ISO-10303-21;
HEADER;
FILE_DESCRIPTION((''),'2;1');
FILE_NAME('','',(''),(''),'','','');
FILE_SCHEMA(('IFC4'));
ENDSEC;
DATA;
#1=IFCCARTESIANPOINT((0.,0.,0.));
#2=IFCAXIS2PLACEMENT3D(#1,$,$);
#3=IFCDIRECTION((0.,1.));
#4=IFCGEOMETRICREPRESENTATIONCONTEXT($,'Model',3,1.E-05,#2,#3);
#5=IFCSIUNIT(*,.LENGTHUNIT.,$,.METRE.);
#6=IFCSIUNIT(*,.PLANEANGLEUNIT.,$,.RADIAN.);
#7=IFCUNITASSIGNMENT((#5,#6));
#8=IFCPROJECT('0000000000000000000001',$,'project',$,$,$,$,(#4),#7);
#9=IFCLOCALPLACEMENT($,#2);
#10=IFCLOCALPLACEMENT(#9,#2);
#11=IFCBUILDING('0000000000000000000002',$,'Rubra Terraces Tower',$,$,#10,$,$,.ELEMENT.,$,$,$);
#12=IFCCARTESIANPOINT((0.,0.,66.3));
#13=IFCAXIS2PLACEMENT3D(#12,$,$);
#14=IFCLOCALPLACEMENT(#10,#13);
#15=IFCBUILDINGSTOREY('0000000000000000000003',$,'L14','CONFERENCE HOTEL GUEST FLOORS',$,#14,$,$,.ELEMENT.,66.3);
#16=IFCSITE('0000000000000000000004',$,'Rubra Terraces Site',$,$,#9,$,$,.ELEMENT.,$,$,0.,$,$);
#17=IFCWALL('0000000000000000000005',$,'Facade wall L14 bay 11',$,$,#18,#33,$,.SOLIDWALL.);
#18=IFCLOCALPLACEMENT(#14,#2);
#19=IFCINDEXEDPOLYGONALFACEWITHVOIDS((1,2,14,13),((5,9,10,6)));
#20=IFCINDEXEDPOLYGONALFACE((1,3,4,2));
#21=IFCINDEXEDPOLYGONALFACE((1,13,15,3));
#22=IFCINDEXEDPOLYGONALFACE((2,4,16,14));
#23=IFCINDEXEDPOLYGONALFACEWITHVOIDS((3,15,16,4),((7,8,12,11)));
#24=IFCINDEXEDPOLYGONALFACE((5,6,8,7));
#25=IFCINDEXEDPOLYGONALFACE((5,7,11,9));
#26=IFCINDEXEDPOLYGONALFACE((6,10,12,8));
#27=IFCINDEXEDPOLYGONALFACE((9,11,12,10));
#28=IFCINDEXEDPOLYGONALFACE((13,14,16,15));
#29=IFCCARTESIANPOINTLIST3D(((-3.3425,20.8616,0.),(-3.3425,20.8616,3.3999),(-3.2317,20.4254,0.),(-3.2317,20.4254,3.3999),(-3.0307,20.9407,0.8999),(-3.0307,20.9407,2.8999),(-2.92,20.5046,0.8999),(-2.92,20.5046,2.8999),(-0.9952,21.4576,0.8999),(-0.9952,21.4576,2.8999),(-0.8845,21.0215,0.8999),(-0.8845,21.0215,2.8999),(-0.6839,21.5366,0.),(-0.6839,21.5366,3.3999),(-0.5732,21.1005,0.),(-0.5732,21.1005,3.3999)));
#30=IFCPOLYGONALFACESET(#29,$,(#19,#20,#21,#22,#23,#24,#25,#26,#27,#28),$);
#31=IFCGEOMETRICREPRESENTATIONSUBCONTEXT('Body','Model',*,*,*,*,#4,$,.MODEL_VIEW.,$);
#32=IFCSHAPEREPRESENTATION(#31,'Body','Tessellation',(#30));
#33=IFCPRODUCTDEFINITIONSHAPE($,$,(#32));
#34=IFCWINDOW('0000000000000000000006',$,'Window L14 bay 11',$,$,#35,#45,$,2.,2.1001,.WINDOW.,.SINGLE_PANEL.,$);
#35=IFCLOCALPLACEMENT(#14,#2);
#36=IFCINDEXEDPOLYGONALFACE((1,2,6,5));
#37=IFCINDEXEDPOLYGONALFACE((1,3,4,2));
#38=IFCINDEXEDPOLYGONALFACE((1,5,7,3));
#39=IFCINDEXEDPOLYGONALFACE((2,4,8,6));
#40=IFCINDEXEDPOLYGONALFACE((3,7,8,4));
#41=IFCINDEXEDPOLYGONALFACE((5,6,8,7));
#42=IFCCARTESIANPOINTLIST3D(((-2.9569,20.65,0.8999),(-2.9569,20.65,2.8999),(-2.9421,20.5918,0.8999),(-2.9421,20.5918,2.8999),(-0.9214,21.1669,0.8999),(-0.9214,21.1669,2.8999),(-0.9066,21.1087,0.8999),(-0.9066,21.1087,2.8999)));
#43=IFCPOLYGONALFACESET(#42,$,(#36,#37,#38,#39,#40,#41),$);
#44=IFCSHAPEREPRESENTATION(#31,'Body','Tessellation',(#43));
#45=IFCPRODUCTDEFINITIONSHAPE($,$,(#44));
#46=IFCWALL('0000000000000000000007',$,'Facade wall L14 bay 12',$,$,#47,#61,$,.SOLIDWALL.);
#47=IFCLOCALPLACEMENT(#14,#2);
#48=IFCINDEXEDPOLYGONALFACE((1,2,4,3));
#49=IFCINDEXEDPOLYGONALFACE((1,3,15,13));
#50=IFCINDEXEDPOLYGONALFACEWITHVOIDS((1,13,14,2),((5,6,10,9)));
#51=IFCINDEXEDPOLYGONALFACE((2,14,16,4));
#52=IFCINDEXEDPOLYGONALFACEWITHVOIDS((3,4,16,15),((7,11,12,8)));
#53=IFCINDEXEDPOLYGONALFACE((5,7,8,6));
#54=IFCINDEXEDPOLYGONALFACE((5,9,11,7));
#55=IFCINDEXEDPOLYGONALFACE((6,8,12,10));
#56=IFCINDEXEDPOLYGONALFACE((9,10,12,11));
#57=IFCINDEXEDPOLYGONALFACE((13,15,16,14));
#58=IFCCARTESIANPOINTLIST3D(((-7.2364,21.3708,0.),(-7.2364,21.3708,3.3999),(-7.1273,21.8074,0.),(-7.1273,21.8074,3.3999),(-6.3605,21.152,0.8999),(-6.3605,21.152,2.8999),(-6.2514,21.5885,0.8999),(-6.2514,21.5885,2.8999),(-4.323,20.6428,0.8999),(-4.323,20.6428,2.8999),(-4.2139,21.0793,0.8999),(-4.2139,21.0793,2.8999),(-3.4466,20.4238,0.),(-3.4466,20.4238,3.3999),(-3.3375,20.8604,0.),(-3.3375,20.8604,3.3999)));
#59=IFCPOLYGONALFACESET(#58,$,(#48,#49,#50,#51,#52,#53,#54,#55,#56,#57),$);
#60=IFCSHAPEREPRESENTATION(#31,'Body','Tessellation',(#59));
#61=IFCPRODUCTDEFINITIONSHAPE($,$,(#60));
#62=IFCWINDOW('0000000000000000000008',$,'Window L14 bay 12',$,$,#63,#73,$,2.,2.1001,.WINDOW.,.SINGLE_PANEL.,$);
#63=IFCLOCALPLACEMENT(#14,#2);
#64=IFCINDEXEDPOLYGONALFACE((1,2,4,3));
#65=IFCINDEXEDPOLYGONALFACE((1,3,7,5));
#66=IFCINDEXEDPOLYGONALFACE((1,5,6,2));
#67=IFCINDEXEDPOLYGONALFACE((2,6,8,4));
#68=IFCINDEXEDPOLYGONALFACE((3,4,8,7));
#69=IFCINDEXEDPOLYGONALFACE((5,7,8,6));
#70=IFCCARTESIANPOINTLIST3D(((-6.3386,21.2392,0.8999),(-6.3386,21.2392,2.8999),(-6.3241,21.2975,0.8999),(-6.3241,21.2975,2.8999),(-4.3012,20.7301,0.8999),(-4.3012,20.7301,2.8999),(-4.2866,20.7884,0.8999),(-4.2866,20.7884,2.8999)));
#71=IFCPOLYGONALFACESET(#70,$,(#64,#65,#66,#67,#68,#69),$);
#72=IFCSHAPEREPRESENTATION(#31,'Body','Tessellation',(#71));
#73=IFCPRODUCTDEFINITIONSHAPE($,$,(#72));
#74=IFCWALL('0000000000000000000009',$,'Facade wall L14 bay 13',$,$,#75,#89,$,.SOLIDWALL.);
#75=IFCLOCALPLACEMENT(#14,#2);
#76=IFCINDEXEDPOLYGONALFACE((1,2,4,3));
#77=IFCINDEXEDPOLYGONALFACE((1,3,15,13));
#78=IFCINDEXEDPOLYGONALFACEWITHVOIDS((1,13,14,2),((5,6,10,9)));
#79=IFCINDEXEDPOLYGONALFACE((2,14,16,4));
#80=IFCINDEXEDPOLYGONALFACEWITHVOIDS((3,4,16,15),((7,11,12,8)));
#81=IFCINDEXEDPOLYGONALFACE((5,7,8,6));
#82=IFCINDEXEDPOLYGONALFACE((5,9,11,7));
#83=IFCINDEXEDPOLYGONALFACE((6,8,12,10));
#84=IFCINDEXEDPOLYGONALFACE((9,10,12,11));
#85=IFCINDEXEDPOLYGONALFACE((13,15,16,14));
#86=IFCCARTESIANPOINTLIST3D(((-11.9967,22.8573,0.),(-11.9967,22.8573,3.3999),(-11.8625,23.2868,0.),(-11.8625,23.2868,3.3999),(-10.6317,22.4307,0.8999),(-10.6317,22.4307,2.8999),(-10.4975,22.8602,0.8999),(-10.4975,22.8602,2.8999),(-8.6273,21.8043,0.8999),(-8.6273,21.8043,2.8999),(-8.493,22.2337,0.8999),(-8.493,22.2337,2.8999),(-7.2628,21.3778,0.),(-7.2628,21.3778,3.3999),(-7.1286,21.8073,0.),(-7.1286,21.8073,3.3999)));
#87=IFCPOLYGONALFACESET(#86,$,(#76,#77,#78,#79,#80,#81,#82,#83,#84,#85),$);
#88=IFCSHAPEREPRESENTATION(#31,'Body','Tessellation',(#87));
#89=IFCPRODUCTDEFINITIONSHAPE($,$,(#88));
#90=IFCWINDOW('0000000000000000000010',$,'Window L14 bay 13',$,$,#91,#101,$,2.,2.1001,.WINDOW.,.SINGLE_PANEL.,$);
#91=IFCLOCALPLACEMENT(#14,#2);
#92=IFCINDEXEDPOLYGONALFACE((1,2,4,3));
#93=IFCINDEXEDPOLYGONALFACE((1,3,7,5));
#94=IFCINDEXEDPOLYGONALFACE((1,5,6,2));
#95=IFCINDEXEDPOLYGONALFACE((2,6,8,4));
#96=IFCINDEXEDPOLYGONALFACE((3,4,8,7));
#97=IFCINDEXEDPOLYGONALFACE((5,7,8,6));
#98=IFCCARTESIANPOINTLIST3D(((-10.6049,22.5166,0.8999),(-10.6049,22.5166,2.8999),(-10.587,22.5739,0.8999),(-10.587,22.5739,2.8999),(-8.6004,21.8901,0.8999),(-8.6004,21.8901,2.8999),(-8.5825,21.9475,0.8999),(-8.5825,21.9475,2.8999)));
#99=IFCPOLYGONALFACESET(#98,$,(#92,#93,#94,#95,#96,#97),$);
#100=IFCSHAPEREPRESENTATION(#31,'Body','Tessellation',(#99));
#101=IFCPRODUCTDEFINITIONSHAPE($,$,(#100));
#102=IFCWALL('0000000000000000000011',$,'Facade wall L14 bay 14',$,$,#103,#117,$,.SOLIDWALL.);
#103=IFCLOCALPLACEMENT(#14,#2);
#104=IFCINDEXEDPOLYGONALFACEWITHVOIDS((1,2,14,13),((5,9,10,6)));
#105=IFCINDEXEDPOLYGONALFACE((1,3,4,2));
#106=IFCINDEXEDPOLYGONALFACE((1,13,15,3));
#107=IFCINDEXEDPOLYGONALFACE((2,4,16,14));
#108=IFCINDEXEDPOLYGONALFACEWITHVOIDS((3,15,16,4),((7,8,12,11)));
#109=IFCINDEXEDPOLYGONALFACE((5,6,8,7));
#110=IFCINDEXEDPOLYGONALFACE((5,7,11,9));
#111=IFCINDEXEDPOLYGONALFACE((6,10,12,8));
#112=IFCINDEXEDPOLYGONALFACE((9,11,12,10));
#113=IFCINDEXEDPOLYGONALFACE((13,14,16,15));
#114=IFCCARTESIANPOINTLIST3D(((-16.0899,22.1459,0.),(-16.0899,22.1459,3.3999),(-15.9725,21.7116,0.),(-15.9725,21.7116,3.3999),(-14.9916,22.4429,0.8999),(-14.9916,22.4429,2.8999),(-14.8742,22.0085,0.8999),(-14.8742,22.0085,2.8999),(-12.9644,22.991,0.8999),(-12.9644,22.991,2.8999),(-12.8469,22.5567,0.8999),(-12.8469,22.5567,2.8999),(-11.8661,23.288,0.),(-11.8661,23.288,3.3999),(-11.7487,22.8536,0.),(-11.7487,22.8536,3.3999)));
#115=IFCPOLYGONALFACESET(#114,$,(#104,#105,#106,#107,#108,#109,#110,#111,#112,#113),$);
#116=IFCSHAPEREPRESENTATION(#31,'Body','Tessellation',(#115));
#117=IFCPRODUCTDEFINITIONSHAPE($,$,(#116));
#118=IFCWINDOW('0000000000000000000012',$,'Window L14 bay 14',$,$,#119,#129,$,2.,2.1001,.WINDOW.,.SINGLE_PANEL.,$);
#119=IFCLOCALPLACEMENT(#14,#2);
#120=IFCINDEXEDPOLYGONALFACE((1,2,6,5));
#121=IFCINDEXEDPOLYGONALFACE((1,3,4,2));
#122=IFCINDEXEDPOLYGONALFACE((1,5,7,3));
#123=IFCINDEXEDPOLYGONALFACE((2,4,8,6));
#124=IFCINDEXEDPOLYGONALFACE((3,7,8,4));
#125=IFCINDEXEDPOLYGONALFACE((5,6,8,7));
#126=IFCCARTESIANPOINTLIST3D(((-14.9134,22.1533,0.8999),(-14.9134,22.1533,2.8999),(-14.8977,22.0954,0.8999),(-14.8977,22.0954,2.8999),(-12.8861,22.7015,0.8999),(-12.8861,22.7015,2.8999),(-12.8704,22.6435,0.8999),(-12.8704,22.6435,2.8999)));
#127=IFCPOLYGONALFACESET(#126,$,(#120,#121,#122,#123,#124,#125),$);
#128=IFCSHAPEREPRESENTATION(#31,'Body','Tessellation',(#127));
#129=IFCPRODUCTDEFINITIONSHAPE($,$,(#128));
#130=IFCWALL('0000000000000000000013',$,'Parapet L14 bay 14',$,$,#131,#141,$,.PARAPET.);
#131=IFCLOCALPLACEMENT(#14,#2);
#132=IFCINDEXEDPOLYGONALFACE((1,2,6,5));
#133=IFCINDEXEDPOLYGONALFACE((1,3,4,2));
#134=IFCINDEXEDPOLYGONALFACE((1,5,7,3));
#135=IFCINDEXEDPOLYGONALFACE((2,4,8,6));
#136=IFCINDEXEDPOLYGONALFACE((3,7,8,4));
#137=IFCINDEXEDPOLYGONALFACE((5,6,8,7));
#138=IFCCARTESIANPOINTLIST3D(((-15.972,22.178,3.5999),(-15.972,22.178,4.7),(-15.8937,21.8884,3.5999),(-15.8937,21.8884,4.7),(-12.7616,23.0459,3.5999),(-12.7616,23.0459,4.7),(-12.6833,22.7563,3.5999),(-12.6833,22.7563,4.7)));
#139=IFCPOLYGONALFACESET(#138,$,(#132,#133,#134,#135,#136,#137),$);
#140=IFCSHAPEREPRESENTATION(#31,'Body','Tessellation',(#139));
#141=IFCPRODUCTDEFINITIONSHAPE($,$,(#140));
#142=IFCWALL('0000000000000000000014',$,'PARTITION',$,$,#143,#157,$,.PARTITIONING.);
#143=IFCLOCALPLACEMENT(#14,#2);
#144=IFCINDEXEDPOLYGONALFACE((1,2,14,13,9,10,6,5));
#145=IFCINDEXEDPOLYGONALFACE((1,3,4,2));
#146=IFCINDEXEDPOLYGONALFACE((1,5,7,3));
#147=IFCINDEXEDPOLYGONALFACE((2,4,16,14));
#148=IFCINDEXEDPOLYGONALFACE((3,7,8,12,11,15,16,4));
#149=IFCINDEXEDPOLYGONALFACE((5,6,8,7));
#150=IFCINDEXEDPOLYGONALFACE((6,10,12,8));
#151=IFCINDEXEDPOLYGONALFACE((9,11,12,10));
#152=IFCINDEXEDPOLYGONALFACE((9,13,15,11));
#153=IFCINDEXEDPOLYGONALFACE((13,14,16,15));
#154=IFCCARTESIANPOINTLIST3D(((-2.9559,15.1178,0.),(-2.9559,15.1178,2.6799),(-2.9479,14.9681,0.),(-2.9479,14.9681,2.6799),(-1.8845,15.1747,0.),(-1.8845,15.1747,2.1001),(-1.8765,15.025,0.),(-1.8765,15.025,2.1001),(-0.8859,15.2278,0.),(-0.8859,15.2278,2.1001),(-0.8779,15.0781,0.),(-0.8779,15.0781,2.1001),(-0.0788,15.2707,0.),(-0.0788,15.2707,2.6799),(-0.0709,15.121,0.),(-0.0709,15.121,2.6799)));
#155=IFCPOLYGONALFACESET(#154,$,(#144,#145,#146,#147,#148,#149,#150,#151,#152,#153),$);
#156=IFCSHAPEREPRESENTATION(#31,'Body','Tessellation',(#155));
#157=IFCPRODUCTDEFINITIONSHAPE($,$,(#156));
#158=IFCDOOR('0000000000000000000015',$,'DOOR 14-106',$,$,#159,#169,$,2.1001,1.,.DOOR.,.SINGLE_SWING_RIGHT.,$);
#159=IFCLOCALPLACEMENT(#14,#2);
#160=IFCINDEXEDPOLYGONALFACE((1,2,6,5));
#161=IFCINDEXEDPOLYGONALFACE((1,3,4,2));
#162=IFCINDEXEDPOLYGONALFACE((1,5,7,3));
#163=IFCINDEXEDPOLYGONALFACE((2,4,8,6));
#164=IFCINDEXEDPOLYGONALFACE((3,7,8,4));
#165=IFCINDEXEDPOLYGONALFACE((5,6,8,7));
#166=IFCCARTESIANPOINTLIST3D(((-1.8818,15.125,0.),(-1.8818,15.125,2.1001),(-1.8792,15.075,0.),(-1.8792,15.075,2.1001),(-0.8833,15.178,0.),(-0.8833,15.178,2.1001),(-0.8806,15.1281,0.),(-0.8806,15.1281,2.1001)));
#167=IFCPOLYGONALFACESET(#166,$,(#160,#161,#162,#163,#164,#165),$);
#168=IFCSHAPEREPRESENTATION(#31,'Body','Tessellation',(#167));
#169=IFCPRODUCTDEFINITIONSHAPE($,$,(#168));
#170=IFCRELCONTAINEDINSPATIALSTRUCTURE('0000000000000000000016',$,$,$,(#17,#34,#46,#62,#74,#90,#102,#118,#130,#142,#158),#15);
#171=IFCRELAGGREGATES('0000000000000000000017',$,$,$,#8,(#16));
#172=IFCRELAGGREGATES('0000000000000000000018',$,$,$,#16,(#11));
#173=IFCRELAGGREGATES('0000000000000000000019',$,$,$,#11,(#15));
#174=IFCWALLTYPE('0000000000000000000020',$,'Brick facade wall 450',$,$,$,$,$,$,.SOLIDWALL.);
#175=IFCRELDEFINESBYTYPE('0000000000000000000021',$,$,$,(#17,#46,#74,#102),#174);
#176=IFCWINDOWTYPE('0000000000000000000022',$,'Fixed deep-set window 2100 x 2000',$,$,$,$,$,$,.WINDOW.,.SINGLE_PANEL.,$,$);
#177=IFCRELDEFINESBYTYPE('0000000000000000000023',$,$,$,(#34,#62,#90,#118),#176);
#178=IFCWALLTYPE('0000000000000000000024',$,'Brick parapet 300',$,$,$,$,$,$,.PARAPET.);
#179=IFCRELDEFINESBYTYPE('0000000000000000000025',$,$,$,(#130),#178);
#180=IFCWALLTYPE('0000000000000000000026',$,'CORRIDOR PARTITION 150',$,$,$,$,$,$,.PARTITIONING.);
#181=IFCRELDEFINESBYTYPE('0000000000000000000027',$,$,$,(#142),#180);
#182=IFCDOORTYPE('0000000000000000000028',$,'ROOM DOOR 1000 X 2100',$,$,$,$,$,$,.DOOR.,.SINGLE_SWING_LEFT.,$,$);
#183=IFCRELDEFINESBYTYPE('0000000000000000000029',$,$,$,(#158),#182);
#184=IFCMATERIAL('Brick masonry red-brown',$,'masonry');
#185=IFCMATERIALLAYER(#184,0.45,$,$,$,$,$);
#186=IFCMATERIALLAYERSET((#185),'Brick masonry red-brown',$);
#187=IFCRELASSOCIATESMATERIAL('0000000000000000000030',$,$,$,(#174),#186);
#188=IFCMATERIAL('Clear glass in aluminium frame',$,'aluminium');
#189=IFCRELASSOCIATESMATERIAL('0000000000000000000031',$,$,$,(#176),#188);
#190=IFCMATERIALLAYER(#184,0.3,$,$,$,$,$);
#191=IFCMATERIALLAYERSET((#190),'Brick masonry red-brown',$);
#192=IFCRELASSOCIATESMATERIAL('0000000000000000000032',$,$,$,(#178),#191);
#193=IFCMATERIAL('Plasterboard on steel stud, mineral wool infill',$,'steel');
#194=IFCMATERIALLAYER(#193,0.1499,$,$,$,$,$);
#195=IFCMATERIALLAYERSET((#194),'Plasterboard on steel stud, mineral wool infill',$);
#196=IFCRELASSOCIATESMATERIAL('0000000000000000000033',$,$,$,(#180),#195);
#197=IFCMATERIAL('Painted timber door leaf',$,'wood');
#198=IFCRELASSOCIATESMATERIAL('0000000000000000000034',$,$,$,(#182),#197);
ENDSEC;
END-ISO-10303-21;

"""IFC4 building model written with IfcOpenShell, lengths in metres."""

from ifc_helpers import new_model, si_unit, direction, frame, frame_2d, origin, place, context, subcontext, project, spatial, rectangle, extrude, material, layer, layer_set, type_object, element, fill, save


model = new_model("IFC4")

# Units and contexts
model_context = context("Model", 3, precision=1e-05, world=origin(), true_north=direction((0.0, 1.0)))
body_context = subcontext(model_context, "Body", "Model", "MODEL_VIEW")
ifc_project = project(units=[si_unit("LENGTHUNIT", "METRE"), si_unit("PLANEANGLEUNIT", "RADIAN")], contexts=[model_context])

# Site, building, storey
site_placement = place(None, origin())
site = spatial("IfcSite", under=ifc_project, at=site_placement, Name="Rubra Terraces Site", CompositionType="ELEMENT", RefElevation=0.0)
building_placement = place(site_placement, origin())
building = spatial("IfcBuilding", under=site, at=building_placement, Name="Rubra Terraces Tower", CompositionType="ELEMENT")
storey_placement = place(building_placement, frame((0.0, 0.0, 66.3)))
storey = spatial("IfcBuildingStorey", under=building, at=storey_placement, Name="L14", Description="CONFERENCE HOTEL GUEST FLOORS", CompositionType="ELEMENT", Elevation=66.3)

# Walls, openings, windows
ifc_material_1 = material(Name="Brick masonry red-brown", Category="masonry")
ifc_layer_1 = layer(ifc_material_1, 0.45)
ifc_layer_set_1 = layer_set([ifc_layer_1], Name="Brick masonry red-brown")
wall_type_1 = type_object("IfcWallType", Name="Brick facade wall 450", PredefinedType="SOLIDWALL", material=ifc_layer_set_1)
wall_1_placement = place(storey_placement, frame((-0.6284, 21.3186, 0.0), z_axis=(0.0, 0.0, 1.0), x_axis=(-0.969241, -0.246115, 0.0)))
wall_1 = element("IfcWall", 1, at=wall_1_placement, inside=storey, type_object=wall_type_1, Name="Facade wall L14 bay 11", PredefinedType="SOLIDWALL", context=body_context, shape_type="SweptSolid", body=[
    extrude(rectangle(XDim=2.7429, YDim=0.45, at=frame_2d((1.3716, 0.0))), origin(), (0.0, 0.0, 1.0), 3.3999),
])
opening_1_placement = place(wall_1_placement, frame((0.3213, 0.0, 0.8999)))
opening_1 = element("IfcOpeningElement", 2, at=opening_1_placement, cuts=wall_1, PredefinedType="OPENING", context=body_context, shape_type="SweptSolid", body=[
    extrude(rectangle(XDim=2.1001, YDim=2.0, at=frame_2d((1.05, 1.0))), frame((0.0, 0.2349, 0.0), z_axis=(0.0, -1.0, 0.0), x_axis=(1.0, 0.0, 0.0)), (0.0, 0.0, 1.0), 0.47),
])
ifc_material_2 = material(Name="Clear glass in aluminium frame", Category="aluminium")
window_type = type_object("IfcWindowType", Name="Fixed deep-set window 2100 x 2000", PartitioningType="SINGLE_PANEL", PredefinedType="WINDOW", material=ifc_material_2)
window_1_placement = place(opening_1_placement, origin())
window_1 = element("IfcWindow", 3, at=window_1_placement, inside=storey, type_object=window_type, Name="Window L14 bay 11", OverallHeight=2.0, OverallWidth=2.1001, PartitioningType="SINGLE_PANEL", PredefinedType="WINDOW", context=body_context, shape_type="SweptSolid", body=[
    extrude(rectangle(XDim=2.1001, YDim=2.0, at=frame_2d((1.05, 1.0))), frame((0.0, 0.135, 0.0), z_axis=(0.0, -1.0, 0.0), x_axis=(1.0, 0.0, 0.0)), (0.0, 0.0, 1.0), 0.0601),
])
fill(opening_1, window_1)
wall_2_placement = place(storey_placement, frame((-3.3921, 20.6421, 0.0), z_axis=(0.0, 0.0, 1.0), x_axis=(-0.970168, 0.242433, 0.0)))
wall_2 = element("IfcWall", 4, at=wall_2_placement, inside=storey, type_object=wall_type_1, Name="Facade wall L14 bay 12", PredefinedType="SOLIDWALL", context=body_context, shape_type="SweptSolid", body=[
    extrude(rectangle(XDim=3.9062, YDim=0.45, at=frame_2d((1.9531, 0.0))), origin(), (0.0, 0.0, 1.0), 3.3999),
])
opening_2_placement = place(wall_2_placement, frame((0.9033, 0.0, 0.8999)))
opening_2 = element("IfcOpeningElement", 5, at=opening_2_placement, cuts=wall_2, PredefinedType="OPENING", context=body_context, shape_type="SweptSolid", body=[
    extrude(rectangle(XDim=2.1001, YDim=2.0, at=frame_2d((1.05, 1.0))), frame((0.0, 0.2349, 0.0), z_axis=(0.0, -1.0, 0.0), x_axis=(1.0, 0.0, 0.0)), (0.0, 0.0, 1.0), 0.47),
])
window_2_placement = place(opening_2_placement, origin())
window_2 = element("IfcWindow", 6, at=window_2_placement, inside=storey, type_object=window_type, Name="Window L14 bay 12", OverallHeight=2.0, OverallWidth=2.1001, PartitioningType="SINGLE_PANEL", PredefinedType="WINDOW", context=body_context, shape_type="SweptSolid", body=[
    extrude(rectangle(XDim=2.1001, YDim=2.0, at=frame_2d((1.05, 1.0))), frame((0.0, 0.135, 0.0), z_axis=(0.0, -1.0, 0.0), x_axis=(1.0, 0.0, 0.0)), (0.0, 0.0, 1.0), 0.0601),
])
fill(opening_2, window_2)
wall_3_placement = place(storey_placement, frame((-7.1956, 21.5925, 0.0), z_axis=(0.0, 0.0, 1.0), x_axis=(-0.954471, 0.298303, 0.0)))
wall_3 = element("IfcWall", 7, at=wall_3_placement, inside=storey, type_object=wall_type_1, Name="Facade wall L14 bay 13", PredefinedType="SOLIDWALL", context=body_context, shape_type="SweptSolid", body=[
    extrude(rectangle(XDim=4.9597, YDim=0.45, at=frame_2d((2.48, 0.0))), origin(), (0.0, 0.0, 1.0), 3.3999),
])
opening_3_placement = place(wall_3_placement, frame((1.4297, 0.0, 0.8999)))
opening_3 = element("IfcOpeningElement", 8, at=opening_3_placement, cuts=wall_3, PredefinedType="OPENING", context=body_context, shape_type="SweptSolid", body=[
    extrude(rectangle(XDim=2.1001, YDim=2.0, at=frame_2d((1.05, 1.0))), frame((0.0, 0.2349, 0.0), z_axis=(0.0, -1.0, 0.0), x_axis=(1.0, 0.0, 0.0)), (0.0, 0.0, 1.0), 0.47),
])
window_3_placement = place(opening_3_placement, origin())
window_3 = element("IfcWindow", 9, at=window_3_placement, inside=storey, type_object=window_type, Name="Window L14 bay 13", OverallHeight=2.0, OverallWidth=2.1001, PartitioningType="SINGLE_PANEL", PredefinedType="WINDOW", context=body_context, shape_type="SweptSolid", body=[
    extrude(rectangle(XDim=2.1001, YDim=2.0, at=frame_2d((1.05, 1.0))), frame((0.0, 0.135, 0.0), z_axis=(0.0, -1.0, 0.0), x_axis=(1.0, 0.0, 0.0)), (0.0, 0.0, 1.0), 0.0601),
])
fill(opening_3, window_3)
wall_4_placement = place(storey_placement, frame((-11.8074, 23.0708, 0.0), z_axis=(0.0, 0.0, 1.0), x_axis=(-0.965335, -0.261016, 0.0)))
wall_4 = element("IfcWall", 10, at=wall_4_placement, inside=storey, type_object=wall_type_1, Name="Facade wall L14 bay 14", PredefinedType="SOLIDWALL", context=body_context, shape_type="SweptSolid", body=[
    extrude(rectangle(XDim=4.3755, YDim=0.45, at=frame_2d((2.1877, 0.0))), origin(), (0.0, 0.0, 1.0), 3.3999),
])
opening_4_placement = place(wall_4_placement, frame((1.1377, 0.0, 0.8999)))
opening_4 = element("IfcOpeningElement", 11, at=opening_4_placement, cuts=wall_4, PredefinedType="OPENING", context=body_context, shape_type="SweptSolid", body=[
    extrude(rectangle(XDim=2.1001, YDim=2.0, at=frame_2d((1.05, 1.0))), frame((0.0, 0.2349, 0.0), z_axis=(0.0, -1.0, 0.0), x_axis=(1.0, 0.0, 0.0)), (0.0, 0.0, 1.0), 0.47),
])
window_4_placement = place(opening_4_placement, origin())
window_4 = element("IfcWindow", 12, at=window_4_placement, inside=storey, type_object=window_type, Name="Window L14 bay 14", OverallHeight=2.0, OverallWidth=2.1001, PartitioningType="SINGLE_PANEL", PredefinedType="WINDOW", context=body_context, shape_type="SweptSolid", body=[
    extrude(rectangle(XDim=2.1001, YDim=2.0, at=frame_2d((1.05, 1.0))), frame((0.0, 0.135, 0.0), z_axis=(0.0, -1.0, 0.0), x_axis=(1.0, 0.0, 0.0)), (0.0, 0.0, 1.0), 0.0601),
])
fill(opening_4, window_4)

# Wall
ifc_layer_2 = layer(ifc_material_1, 0.3)
ifc_layer_set_2 = layer_set([ifc_layer_2], Name="Brick masonry red-brown")
wall_type_2 = type_object("IfcWallType", Name="Brick parapet 300", PredefinedType="PARAPET", material=ifc_layer_set_2)
wall_5_placement = place(storey_placement, frame((-12.7224, 22.9011, 3.5999), z_axis=(0.0, 0.0, 1.0), x_axis=(-0.965346, -0.260974, 0.0)))
element("IfcWall", 13, at=wall_5_placement, inside=storey, type_object=wall_type_2, Name="Parapet L14 bay 14", PredefinedType="PARAPET", context=body_context, shape_type="SweptSolid", body=[
    extrude(rectangle(XDim=3.3257, YDim=0.3, at=frame_2d((1.6628, 0.0))), origin(), (0.0, 0.0, 1.0), 1.1001),
])

# Wall, opening, door
ifc_material_3 = material(Name="Plasterboard on steel stud, mineral wool infill", Category="steel")
ifc_layer_3 = layer(ifc_material_3, 0.1499)
ifc_layer_set_3 = layer_set([ifc_layer_3], Name="Plasterboard on steel stud, mineral wool infill")
wall_type_3 = type_object("IfcWallType", Name="CORRIDOR PARTITION 150", PredefinedType="PARTITIONING", material=ifc_layer_set_3)
wall_6_placement = place(storey_placement, frame((-0.075, 15.1958, 0.0), z_axis=(0.0, 0.0, 1.0), x_axis=(-0.998592, -0.053048, 0.0)))
wall_6 = element("IfcWall", 14, at=wall_6_placement, inside=storey, type_object=wall_type_3, Name="PARTITION", PredefinedType="PARTITIONING", context=body_context, shape_type="SweptSolid", body=[
    extrude(rectangle(XDim=2.8811, YDim=0.1499, at=frame_2d((1.4404, 0.0))), origin(), (0.0, 0.0, 1.0), 2.6799),
])
opening_5_placement = place(wall_6_placement, frame((0.8081, 0.0, 0.0)))
opening_5 = element("IfcOpeningElement", 15, at=opening_5_placement, cuts=wall_6, PredefinedType="OPENING", context=body_context, shape_type="SweptSolid", body=[
    extrude(rectangle(XDim=1.0, YDim=2.1001, at=frame_2d((0.5, 1.05))), frame((0.0, 0.085, 0.0), z_axis=(0.0, -1.0, 0.0), x_axis=(1.0, 0.0, 0.0)), (0.0, 0.0, 1.0), 0.1699),
])
ifc_material_4 = material(Name="Painted timber door leaf", Category="wood")
door_type_1 = type_object("IfcDoorType", Name="ROOM DOOR 1000 X 2100", OperationType="SINGLE_SWING_LEFT", PredefinedType="DOOR", material=ifc_material_4)
door_1_placement = place(opening_5_placement, origin())
door_1 = element("IfcDoor", 16, at=door_1_placement, inside=storey, type_object=door_type_1, Name="DOOR 14-106", OperationType="SINGLE_SWING_RIGHT", OverallHeight=2.1001, OverallWidth=1.0, PredefinedType="DOOR", context=body_context, shape_type="SweptSolid", body=[
    extrude(rectangle(XDim=1.0, YDim=2.1001, at=frame_2d((0.5, 1.05))), frame((0.0, 0.0249, 0.0), z_axis=(0.0, -1.0, 0.0), x_axis=(1.0, 0.0, 0.0)), (0.0, 0.0, 1.0), 0.05),
])
fill(opening_5, door_1)

save(model, "model.ifc")
